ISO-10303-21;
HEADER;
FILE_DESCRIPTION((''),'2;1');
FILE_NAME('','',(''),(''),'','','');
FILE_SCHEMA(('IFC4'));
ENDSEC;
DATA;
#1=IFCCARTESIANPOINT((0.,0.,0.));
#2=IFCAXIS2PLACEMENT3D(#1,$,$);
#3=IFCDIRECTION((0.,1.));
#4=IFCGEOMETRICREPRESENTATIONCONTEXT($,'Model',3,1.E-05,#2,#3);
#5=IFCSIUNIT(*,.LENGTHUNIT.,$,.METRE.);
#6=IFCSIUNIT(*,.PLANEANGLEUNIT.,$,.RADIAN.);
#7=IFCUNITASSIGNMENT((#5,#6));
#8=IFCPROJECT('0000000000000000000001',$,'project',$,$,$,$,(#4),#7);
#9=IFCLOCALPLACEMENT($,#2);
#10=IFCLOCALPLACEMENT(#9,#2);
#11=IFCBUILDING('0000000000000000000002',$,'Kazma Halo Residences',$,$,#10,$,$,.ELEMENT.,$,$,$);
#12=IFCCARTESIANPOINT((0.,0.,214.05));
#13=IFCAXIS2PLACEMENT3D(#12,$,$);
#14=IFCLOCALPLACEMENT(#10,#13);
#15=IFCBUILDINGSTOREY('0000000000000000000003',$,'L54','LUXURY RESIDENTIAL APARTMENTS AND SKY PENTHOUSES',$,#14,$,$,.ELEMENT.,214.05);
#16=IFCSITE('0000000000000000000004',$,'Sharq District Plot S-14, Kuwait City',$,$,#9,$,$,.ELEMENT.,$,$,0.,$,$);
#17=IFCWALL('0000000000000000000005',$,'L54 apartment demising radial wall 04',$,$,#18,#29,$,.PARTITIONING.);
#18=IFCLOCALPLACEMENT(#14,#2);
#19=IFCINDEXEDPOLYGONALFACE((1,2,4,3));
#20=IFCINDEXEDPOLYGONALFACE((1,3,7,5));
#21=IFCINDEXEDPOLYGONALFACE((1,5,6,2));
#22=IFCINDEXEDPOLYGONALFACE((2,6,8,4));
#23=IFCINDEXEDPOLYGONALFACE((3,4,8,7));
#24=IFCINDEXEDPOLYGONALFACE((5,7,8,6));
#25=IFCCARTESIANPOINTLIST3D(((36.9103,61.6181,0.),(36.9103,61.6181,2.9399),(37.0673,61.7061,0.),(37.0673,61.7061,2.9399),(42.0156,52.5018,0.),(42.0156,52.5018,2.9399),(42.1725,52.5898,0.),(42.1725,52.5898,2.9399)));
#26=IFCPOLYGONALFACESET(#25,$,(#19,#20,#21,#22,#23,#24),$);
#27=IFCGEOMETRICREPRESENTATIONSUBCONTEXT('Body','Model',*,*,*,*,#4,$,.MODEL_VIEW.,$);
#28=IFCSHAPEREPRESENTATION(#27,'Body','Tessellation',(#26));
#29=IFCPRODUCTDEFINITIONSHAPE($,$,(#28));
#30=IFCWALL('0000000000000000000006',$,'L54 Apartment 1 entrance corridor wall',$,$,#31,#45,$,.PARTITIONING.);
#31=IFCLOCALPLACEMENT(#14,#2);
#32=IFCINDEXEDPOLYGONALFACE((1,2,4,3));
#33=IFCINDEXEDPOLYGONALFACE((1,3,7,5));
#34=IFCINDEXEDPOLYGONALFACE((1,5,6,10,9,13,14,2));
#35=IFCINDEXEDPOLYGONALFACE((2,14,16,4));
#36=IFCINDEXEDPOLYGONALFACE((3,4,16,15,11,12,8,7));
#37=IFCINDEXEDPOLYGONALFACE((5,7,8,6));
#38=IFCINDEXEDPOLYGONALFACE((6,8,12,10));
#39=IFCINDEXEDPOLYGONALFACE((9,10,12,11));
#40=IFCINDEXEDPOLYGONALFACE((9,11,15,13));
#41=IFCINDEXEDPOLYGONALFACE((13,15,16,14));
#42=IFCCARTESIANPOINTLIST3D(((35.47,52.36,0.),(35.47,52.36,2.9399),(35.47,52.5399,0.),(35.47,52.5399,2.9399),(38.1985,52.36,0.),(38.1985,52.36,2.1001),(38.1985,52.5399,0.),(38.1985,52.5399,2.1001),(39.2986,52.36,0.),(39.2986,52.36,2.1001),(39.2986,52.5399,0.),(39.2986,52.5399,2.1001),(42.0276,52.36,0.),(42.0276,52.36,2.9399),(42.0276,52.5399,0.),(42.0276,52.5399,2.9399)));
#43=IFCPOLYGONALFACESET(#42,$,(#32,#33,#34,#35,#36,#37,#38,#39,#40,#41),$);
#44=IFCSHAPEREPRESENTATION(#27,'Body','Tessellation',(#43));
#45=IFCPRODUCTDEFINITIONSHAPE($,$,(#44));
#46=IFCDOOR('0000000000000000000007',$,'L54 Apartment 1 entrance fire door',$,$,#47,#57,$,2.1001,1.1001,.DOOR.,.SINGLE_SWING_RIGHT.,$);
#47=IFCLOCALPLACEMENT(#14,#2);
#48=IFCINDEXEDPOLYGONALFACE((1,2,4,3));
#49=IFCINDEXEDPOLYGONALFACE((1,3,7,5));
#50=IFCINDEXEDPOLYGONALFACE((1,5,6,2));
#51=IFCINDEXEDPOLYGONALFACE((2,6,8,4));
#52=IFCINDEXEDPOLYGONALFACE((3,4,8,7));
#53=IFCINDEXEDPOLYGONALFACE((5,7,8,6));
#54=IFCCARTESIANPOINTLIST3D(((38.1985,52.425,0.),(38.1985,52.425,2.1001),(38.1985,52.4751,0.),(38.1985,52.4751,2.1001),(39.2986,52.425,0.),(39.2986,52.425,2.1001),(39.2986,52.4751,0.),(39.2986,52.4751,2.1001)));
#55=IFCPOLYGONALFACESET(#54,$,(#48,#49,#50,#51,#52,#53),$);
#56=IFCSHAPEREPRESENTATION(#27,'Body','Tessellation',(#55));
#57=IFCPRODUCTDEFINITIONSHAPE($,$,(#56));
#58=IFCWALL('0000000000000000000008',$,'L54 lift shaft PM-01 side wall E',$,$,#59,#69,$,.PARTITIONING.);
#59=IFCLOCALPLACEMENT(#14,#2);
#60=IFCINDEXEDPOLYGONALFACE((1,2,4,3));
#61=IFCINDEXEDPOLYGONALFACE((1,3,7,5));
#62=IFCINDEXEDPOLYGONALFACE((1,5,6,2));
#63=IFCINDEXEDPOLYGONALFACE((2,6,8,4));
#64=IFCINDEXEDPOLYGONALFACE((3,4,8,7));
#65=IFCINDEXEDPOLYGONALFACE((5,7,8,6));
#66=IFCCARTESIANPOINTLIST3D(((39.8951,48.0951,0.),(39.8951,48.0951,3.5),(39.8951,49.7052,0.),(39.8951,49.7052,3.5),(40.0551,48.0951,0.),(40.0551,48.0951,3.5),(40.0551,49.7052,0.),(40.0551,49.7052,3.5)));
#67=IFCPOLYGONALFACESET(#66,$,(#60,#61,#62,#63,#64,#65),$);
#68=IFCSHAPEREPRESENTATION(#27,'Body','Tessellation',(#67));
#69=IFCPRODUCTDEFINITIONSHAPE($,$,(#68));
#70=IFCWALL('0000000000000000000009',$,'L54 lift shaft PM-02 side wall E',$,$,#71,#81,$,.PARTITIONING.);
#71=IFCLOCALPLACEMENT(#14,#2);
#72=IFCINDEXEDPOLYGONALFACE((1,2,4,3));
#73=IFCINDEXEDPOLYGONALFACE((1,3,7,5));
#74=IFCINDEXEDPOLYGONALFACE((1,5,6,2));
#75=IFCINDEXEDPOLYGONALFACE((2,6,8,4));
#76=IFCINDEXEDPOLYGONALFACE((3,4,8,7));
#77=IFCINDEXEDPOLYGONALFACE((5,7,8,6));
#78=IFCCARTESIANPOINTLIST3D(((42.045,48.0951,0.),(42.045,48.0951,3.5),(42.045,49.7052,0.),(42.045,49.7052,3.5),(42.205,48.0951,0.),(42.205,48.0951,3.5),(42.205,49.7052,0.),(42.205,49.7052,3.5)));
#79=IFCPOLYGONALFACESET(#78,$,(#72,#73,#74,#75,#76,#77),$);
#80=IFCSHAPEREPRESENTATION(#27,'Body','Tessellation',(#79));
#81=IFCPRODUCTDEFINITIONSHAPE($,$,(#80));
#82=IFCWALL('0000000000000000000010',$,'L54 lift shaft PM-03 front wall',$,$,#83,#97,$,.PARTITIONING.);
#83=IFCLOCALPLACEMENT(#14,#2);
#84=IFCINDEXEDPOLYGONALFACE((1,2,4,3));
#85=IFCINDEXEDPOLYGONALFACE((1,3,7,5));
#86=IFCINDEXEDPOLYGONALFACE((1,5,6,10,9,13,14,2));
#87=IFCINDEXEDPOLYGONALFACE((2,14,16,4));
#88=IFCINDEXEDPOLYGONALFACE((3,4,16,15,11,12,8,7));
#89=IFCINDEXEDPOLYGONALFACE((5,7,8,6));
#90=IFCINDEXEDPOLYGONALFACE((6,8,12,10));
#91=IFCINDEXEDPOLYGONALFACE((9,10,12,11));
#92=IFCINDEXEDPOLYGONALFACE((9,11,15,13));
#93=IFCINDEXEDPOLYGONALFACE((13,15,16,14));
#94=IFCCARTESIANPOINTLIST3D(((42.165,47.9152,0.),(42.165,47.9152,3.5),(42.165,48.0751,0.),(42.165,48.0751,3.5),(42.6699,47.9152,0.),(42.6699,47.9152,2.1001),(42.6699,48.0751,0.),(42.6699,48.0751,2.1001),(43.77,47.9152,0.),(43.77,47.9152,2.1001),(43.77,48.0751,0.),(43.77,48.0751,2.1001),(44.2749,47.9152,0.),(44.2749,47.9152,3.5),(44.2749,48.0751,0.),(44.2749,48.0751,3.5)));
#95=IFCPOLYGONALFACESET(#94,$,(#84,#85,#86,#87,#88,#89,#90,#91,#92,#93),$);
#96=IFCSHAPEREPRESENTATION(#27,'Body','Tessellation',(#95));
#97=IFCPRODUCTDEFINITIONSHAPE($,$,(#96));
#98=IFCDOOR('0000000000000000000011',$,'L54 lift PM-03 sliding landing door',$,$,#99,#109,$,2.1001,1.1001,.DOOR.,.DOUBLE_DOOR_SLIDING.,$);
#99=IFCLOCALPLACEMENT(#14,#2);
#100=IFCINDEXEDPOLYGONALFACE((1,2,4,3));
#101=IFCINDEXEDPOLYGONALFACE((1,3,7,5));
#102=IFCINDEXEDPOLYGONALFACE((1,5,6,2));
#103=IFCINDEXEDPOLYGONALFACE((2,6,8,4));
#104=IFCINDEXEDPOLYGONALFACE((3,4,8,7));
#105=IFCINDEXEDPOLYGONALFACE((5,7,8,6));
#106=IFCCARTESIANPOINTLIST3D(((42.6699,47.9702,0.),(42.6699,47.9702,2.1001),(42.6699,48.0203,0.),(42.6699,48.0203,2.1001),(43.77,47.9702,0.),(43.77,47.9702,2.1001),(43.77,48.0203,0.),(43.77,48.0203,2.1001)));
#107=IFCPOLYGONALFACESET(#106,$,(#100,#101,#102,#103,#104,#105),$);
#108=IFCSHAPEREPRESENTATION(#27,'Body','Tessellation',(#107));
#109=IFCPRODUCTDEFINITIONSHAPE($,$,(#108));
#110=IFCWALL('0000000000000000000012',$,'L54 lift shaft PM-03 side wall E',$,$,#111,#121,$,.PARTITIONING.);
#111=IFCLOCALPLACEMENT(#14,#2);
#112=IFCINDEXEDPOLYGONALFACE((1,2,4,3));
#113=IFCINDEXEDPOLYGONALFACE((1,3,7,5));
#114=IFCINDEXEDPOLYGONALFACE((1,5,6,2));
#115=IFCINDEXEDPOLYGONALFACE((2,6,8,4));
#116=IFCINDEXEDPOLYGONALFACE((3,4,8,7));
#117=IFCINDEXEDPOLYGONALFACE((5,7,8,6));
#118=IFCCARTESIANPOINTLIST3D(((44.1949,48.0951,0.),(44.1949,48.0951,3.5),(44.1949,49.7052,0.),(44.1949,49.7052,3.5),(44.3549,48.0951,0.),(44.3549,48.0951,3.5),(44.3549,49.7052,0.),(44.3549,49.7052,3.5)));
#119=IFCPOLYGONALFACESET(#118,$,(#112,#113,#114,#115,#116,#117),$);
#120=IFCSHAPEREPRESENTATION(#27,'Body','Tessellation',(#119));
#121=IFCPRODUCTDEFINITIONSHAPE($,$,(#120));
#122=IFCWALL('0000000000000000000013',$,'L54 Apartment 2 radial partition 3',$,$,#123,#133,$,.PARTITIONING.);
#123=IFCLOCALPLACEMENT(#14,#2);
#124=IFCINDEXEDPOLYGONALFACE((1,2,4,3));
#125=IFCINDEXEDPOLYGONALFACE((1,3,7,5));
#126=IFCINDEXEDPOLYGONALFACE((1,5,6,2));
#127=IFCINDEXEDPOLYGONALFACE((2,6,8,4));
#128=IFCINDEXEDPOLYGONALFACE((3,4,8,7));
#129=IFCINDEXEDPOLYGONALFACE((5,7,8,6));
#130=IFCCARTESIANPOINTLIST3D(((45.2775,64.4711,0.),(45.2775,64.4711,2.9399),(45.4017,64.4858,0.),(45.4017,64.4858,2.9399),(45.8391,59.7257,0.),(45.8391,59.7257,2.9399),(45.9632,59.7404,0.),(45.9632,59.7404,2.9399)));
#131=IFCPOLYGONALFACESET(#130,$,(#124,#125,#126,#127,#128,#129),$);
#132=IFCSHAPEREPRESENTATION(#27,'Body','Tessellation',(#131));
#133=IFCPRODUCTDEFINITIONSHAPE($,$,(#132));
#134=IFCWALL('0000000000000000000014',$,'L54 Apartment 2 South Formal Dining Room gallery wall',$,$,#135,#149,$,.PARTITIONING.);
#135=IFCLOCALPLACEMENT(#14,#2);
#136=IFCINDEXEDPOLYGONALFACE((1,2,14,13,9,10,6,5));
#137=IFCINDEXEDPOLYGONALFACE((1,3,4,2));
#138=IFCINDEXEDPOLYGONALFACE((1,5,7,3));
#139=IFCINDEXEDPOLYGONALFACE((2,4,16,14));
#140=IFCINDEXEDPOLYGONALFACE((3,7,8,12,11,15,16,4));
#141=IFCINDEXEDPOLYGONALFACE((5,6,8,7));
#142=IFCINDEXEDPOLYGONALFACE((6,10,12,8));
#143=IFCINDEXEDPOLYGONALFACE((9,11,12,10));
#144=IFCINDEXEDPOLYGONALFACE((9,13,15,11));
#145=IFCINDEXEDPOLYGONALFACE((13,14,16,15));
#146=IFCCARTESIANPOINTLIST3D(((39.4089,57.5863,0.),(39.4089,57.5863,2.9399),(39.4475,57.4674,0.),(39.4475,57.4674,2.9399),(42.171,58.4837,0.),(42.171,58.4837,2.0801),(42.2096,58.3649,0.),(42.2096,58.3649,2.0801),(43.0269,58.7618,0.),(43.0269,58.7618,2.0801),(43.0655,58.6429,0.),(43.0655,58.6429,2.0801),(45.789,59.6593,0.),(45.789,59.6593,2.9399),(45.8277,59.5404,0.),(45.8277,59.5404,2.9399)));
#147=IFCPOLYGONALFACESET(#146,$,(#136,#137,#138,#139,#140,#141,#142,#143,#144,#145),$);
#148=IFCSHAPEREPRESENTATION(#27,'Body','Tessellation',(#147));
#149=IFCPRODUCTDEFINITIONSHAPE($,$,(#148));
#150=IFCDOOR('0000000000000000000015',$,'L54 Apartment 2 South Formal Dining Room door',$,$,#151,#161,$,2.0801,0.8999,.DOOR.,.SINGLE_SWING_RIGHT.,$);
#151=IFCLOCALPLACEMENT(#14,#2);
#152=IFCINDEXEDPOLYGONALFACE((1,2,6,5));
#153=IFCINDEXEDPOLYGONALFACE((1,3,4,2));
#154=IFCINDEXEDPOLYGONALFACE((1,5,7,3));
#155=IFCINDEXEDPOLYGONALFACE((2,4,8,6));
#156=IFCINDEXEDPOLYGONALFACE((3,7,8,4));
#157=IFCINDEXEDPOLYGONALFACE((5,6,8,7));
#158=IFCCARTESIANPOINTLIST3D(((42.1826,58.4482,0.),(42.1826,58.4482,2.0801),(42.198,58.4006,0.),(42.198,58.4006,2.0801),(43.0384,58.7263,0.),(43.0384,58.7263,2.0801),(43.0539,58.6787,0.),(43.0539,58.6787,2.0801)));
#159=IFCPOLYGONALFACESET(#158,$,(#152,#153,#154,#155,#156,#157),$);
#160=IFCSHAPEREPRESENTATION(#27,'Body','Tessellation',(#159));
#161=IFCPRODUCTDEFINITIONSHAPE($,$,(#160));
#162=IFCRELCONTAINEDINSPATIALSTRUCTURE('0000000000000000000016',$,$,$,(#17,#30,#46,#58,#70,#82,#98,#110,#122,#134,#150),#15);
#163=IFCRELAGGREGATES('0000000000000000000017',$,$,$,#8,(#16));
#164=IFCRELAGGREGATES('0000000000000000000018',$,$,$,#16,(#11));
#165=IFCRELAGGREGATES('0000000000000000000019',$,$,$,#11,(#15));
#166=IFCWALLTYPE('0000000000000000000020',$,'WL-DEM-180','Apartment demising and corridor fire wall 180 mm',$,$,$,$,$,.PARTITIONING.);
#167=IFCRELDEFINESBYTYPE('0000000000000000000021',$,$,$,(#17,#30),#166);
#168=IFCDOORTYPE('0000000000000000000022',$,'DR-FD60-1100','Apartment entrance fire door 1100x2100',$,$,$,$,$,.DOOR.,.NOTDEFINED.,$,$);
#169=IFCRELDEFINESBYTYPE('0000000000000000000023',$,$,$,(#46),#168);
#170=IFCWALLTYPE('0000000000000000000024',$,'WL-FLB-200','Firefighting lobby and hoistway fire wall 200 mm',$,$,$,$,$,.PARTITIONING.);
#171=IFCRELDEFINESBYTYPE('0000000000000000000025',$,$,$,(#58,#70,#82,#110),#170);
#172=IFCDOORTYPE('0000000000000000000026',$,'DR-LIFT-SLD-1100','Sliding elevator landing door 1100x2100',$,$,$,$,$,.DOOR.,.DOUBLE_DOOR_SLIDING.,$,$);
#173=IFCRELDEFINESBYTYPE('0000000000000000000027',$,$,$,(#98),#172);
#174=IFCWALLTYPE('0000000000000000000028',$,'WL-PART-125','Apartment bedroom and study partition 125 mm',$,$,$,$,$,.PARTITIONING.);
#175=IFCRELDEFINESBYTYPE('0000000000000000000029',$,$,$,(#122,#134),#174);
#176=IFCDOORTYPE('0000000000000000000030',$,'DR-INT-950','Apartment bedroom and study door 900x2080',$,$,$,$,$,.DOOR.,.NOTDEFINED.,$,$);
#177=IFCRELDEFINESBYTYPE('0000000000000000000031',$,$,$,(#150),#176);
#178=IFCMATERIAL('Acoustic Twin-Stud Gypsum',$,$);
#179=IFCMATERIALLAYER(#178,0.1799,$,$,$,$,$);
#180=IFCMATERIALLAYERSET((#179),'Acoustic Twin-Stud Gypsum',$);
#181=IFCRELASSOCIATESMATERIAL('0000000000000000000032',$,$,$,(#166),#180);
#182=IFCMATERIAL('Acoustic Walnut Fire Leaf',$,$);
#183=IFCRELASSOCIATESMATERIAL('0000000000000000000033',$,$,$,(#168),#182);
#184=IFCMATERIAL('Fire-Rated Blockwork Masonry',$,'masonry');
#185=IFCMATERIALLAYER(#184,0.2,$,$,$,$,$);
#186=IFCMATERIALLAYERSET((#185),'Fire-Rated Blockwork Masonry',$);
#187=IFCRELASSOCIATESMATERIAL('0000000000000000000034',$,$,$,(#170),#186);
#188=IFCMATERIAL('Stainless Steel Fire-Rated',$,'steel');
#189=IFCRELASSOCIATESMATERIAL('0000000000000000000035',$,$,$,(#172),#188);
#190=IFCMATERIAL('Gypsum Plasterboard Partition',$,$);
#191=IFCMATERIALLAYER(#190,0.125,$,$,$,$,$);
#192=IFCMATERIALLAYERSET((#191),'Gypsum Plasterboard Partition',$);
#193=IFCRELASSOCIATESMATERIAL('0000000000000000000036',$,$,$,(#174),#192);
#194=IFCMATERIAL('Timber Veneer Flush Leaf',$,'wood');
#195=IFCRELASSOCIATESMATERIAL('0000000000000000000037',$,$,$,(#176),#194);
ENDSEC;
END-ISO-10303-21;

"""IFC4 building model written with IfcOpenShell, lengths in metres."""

from ifc_helpers import new_model, si_unit, direction, frame, frame_2d, origin, place, context, subcontext, project, spatial, rectangle, extrude, material, layer, layer_set, type_object, element, fill, save


model = new_model("IFC4")

# Units and contexts
model_context = context("Model", 3, precision=1e-05, world=origin(), true_north=direction((0.0, 1.0)))
body_context = subcontext(model_context, "Body", "Model", "MODEL_VIEW")
ifc_project = project(units=[si_unit("LENGTHUNIT", "METRE"), si_unit("PLANEANGLEUNIT", "RADIAN")], contexts=[model_context])

# Site, building, storey
site_placement = place(None, origin())
site = spatial("IfcSite", under=ifc_project, at=site_placement, Name="Sharq District Plot S-14, Kuwait City", CompositionType="ELEMENT", RefElevation=0.0)
building_placement = place(site_placement, origin())
building = spatial("IfcBuilding", under=site, at=building_placement, Name="Kazma Halo Residences", CompositionType="ELEMENT")
storey_placement = place(building_placement, frame((0.0, 0.0, 214.05)))
storey = spatial("IfcBuildingStorey", under=building, at=storey_placement, Name="L54", Description="LUXURY RESIDENTIAL APARTMENTS AND SKY PENTHOUSES", CompositionType="ELEMENT", Elevation=214.05)

# Wall
ifc_material_1 = material(Name="Acoustic Twin-Stud Gypsum")
ifc_layer_1 = layer(ifc_material_1, 0.1799)
ifc_layer_set_1 = layer_set([ifc_layer_1], Name="Acoustic Twin-Stud Gypsum")
wall_type_1 = type_object("IfcWallType", Name="WL-DEM-180", Description="Apartment demising and corridor fire wall 180 mm", PredefinedType="PARTITIONING", material=ifc_layer_set_1)
wall_1_placement = place(storey_placement, frame((42.094, 52.5459, 0.0), z_axis=(0.0, 0.0, 1.0), x_axis=(-0.488614, 0.8725, 0.0)))
element("IfcWall", 1, at=wall_1_placement, inside=storey, type_object=wall_type_1, Name="L54 apartment demising radial wall 04", PredefinedType="PARTITIONING", context=body_context, shape_type="SweptSolid", body=[
    extrude(rectangle(XDim=10.4485, YDim=0.1799, at=frame_2d((5.2241, 0.0))), origin(), (0.0, 0.0, 1.0), 2.9399),
])

# Wall, opening, door
wall_2_placement = place(storey_placement, frame((42.0276, 52.45, 0.0), z_axis=(0.0, 0.0, 1.0), x_axis=(-1.0, 0.0, 0.0)))
wall_2 = element("IfcWall", 2, at=wall_2_placement, inside=storey, type_object=wall_type_1, Name="L54 Apartment 1 entrance corridor wall", PredefinedType="PARTITIONING", context=body_context, shape_type="SweptSolid", body=[
    extrude(rectangle(XDim=6.5576, YDim=0.1799, at=frame_2d((3.2788, 0.0))), origin(), (0.0, 0.0, 1.0), 2.9399),
])
opening_1_placement = place(wall_2_placement, frame((2.729, 0.0, 0.0)))
opening_1 = element("IfcOpeningElement", 3, at=opening_1_placement, cuts=wall_2, PredefinedType="OPENING", context=body_context, shape_type="SweptSolid", body=[
    extrude(rectangle(XDim=1.1001, YDim=2.1001, at=frame_2d((0.55, 1.05))), frame((0.0, 0.0999, 0.0), z_axis=(0.0, -1.0, 0.0), x_axis=(1.0, 0.0, 0.0)), (0.0, 0.0, 1.0), 0.2),
])
ifc_material_2 = material(Name="Acoustic Walnut Fire Leaf")
door_type_1 = type_object("IfcDoorType", Name="DR-FD60-1100", Description="Apartment entrance fire door 1100x2100", OperationType="NOTDEFINED", PredefinedType="DOOR", material=ifc_material_2)
door_1_placement = place(opening_1_placement, origin())
door_1 = element("IfcDoor", 4, at=door_1_placement, inside=storey, type_object=door_type_1, Name="L54 Apartment 1 entrance fire door", OperationType="SINGLE_SWING_RIGHT", OverallHeight=2.1001, OverallWidth=1.1001, PredefinedType="DOOR", context=body_context, shape_type="SweptSolid", body=[
    extrude(rectangle(XDim=1.1001, YDim=2.1001, at=frame_2d((0.55, 1.05))), frame((0.0, 0.0249, 0.0), z_axis=(0.0, -1.0, 0.0), x_axis=(1.0, 0.0, 0.0)), (0.0, 0.0, 1.0), 0.05),
])
fill(opening_1, door_1)

# Walls
ifc_material_3 = material(Name="Fire-Rated Blockwork Masonry", Category="masonry")
ifc_layer_2 = layer(ifc_material_3, 0.2)
ifc_layer_set_2 = layer_set([ifc_layer_2], Name="Fire-Rated Blockwork Masonry")
wall_type_2 = type_object("IfcWallType", Name="WL-FLB-200", Description="Firefighting lobby and hoistway fire wall 200 mm", PredefinedType="PARTITIONING", material=ifc_layer_set_2)
for number, where, z_axis, x_axis, name in (
    (5, (39.9751, 48.095, 0.0), (0.0, 0.0, 1.0), (0.0, 1.0, 0.0), "L54 lift shaft PM-01 side wall E"),
    (6, (42.125, 48.095, 0.0), (0.0, 0.0, 1.0), (0.0, 1.0, 0.0), "L54 lift shaft PM-02 side wall E"),
):
    element("IfcWall", number, at=place(storey_placement, frame(where, z_axis=z_axis, x_axis=x_axis)), inside=storey, type_object=wall_type_2, Name=name, PredefinedType="PARTITIONING", context=body_context, shape_type="SweptSolid", body=[
        extrude(rectangle(XDim=1.6101, YDim=0.1599, at=frame_2d((0.8052, 0.0))), origin(), (0.0, 0.0, 1.0), 3.5),
    ])

# Wall, opening, door
wall_3_placement = place(storey_placement, frame((44.2749, 47.9951, 0.0), z_axis=(0.0, 0.0, 1.0), x_axis=(-1.0, 0.0, 0.0)))
wall_3 = element("IfcWall", 7, at=wall_3_placement, inside=storey, type_object=wall_type_2, Name="L54 lift shaft PM-03 front wall", PredefinedType="PARTITIONING", context=body_context, shape_type="SweptSolid", body=[
    extrude(rectangle(XDim=2.1099, YDim=0.1599, at=frame_2d((1.0549, 0.0))), origin(), (0.0, 0.0, 1.0), 3.5),
])
opening_2_placement = place(wall_3_placement, frame((0.5049, 0.0, 0.0)))
opening_2 = element("IfcOpeningElement", 8, at=opening_2_placement, cuts=wall_3, PredefinedType="OPENING", context=body_context, shape_type="SweptSolid", body=[
    extrude(rectangle(XDim=1.1001, YDim=2.1001, at=frame_2d((0.55, 1.05))), frame((0.0, 0.0898, 0.0), z_axis=(0.0, -1.0, 0.0), x_axis=(1.0, 0.0, 0.0)), (0.0, 0.0, 1.0), 0.1799),
])
ifc_material_4 = material(Name="Stainless Steel Fire-Rated", Category="steel")
door_type_2 = type_object("IfcDoorType", Name="DR-LIFT-SLD-1100", Description="Sliding elevator landing door 1100x2100", OperationType="DOUBLE_DOOR_SLIDING", PredefinedType="DOOR", material=ifc_material_4)
door_2_placement = place(opening_2_placement, origin())
door_2 = element("IfcDoor", 9, at=door_2_placement, inside=storey, type_object=door_type_2, Name="L54 lift PM-03 sliding landing door", OperationType="DOUBLE_DOOR_SLIDING", OverallHeight=2.1001, OverallWidth=1.1001, PredefinedType="DOOR", context=body_context, shape_type="SweptSolid", body=[
    extrude(rectangle(XDim=1.1001, YDim=2.1001, at=frame_2d((0.55, 1.05))), frame((0.0, 0.0249, 0.0), z_axis=(0.0, -1.0, 0.0), x_axis=(1.0, 0.0, 0.0)), (0.0, 0.0, 1.0), 0.05),
])
fill(opening_2, door_2)

# Walls
wall_4_placement = place(storey_placement, frame((44.2749, 48.095, 0.0), z_axis=(0.0, 0.0, 1.0), x_axis=(0.0, 1.0, 0.0)))
element("IfcWall", 10, at=wall_4_placement, inside=storey, type_object=wall_type_2, Name="L54 lift shaft PM-03 side wall E", PredefinedType="PARTITIONING", context=body_context, shape_type="SweptSolid", body=[
    extrude(rectangle(XDim=1.6101, YDim=0.1599, at=frame_2d((0.8052, 0.0))), origin(), (0.0, 0.0, 1.0), 3.5),
])
ifc_material_5 = material(Name="Gypsum Plasterboard Partition")
ifc_layer_3 = layer(ifc_material_5, 0.125)
ifc_layer_set_3 = layer_set([ifc_layer_3], Name="Gypsum Plasterboard Partition")
wall_type_3 = type_object("IfcWallType", Name="WL-PART-125", Description="Apartment bedroom and study partition 125 mm", PredefinedType="PARTITIONING", material=ifc_layer_set_3)
wall_5_placement = place(storey_placement, frame((45.9011, 59.7332, 0.0), z_axis=(0.0, 0.0, 1.0), x_axis=(-0.117511, 0.993072, 0.0)))
element("IfcWall", 11, at=wall_5_placement, inside=storey, type_object=wall_type_3, Name="L54 Apartment 2 radial partition 3", PredefinedType="PARTITIONING", context=body_context, shape_type="SweptSolid", body=[
    extrude(rectangle(XDim=4.7786, YDim=0.125, at=frame_2d((2.3892, 0.0))), origin(), (0.0, 0.0, 1.0), 2.9399),
])

# Wall, opening, door
wall_6_placement = place(storey_placement, frame((45.8083, 59.5999, 0.0), z_axis=(0.0, 0.0, 1.0), x_axis=(-0.951058, -0.309013, 0.0)))
wall_6 = element("IfcWall", 12, at=wall_6_placement, inside=storey, type_object=wall_type_3, Name="L54 Apartment 2 South Formal Dining Room gallery wall", PredefinedType="PARTITIONING", context=body_context, shape_type="SweptSolid", body=[
    extrude(rectangle(XDim=6.7085, YDim=0.125, at=frame_2d((3.3542, 0.0))), origin(), (0.0, 0.0, 1.0), 2.9399),
])
opening_3_placement = place(wall_6_placement, frame((2.9043, 0.0, 0.0)))
opening_3 = element("IfcOpeningElement", 13, at=opening_3_placement, cuts=wall_6, PredefinedType="OPENING", context=body_context, shape_type="SweptSolid", body=[
    extrude(rectangle(XDim=0.8999, YDim=2.0801, at=frame_2d((0.45, 1.04))), frame((0.0, 0.0725, 0.0), z_axis=(0.0, -1.0, 0.0), x_axis=(1.0, 0.0, 0.0)), (0.0, 0.0, 1.0), 0.145),
])
ifc_material_6 = material(Name="Timber Veneer Flush Leaf", Category="wood")
door_type_3 = type_object("IfcDoorType", Name="DR-INT-950", Description="Apartment bedroom and study door 900x2080", OperationType="NOTDEFINED", PredefinedType="DOOR", material=ifc_material_6)
door_3_placement = place(opening_3_placement, origin())
door_3 = element("IfcDoor", 14, at=door_3_placement, inside=storey, type_object=door_type_3, Name="L54 Apartment 2 South Formal Dining Room door", OperationType="SINGLE_SWING_RIGHT", OverallHeight=2.0801, OverallWidth=0.8999, PredefinedType="DOOR", context=body_context, shape_type="SweptSolid", body=[
    extrude(rectangle(XDim=0.8999, YDim=2.0801, at=frame_2d((0.45, 1.04))), frame((0.0, 0.0249, 0.0), z_axis=(0.0, -1.0, 0.0), x_axis=(1.0, 0.0, 0.0)), (0.0, 0.0, 1.0), 0.05),
])
fill(opening_3, door_3)

save(model, "model.ifc")
